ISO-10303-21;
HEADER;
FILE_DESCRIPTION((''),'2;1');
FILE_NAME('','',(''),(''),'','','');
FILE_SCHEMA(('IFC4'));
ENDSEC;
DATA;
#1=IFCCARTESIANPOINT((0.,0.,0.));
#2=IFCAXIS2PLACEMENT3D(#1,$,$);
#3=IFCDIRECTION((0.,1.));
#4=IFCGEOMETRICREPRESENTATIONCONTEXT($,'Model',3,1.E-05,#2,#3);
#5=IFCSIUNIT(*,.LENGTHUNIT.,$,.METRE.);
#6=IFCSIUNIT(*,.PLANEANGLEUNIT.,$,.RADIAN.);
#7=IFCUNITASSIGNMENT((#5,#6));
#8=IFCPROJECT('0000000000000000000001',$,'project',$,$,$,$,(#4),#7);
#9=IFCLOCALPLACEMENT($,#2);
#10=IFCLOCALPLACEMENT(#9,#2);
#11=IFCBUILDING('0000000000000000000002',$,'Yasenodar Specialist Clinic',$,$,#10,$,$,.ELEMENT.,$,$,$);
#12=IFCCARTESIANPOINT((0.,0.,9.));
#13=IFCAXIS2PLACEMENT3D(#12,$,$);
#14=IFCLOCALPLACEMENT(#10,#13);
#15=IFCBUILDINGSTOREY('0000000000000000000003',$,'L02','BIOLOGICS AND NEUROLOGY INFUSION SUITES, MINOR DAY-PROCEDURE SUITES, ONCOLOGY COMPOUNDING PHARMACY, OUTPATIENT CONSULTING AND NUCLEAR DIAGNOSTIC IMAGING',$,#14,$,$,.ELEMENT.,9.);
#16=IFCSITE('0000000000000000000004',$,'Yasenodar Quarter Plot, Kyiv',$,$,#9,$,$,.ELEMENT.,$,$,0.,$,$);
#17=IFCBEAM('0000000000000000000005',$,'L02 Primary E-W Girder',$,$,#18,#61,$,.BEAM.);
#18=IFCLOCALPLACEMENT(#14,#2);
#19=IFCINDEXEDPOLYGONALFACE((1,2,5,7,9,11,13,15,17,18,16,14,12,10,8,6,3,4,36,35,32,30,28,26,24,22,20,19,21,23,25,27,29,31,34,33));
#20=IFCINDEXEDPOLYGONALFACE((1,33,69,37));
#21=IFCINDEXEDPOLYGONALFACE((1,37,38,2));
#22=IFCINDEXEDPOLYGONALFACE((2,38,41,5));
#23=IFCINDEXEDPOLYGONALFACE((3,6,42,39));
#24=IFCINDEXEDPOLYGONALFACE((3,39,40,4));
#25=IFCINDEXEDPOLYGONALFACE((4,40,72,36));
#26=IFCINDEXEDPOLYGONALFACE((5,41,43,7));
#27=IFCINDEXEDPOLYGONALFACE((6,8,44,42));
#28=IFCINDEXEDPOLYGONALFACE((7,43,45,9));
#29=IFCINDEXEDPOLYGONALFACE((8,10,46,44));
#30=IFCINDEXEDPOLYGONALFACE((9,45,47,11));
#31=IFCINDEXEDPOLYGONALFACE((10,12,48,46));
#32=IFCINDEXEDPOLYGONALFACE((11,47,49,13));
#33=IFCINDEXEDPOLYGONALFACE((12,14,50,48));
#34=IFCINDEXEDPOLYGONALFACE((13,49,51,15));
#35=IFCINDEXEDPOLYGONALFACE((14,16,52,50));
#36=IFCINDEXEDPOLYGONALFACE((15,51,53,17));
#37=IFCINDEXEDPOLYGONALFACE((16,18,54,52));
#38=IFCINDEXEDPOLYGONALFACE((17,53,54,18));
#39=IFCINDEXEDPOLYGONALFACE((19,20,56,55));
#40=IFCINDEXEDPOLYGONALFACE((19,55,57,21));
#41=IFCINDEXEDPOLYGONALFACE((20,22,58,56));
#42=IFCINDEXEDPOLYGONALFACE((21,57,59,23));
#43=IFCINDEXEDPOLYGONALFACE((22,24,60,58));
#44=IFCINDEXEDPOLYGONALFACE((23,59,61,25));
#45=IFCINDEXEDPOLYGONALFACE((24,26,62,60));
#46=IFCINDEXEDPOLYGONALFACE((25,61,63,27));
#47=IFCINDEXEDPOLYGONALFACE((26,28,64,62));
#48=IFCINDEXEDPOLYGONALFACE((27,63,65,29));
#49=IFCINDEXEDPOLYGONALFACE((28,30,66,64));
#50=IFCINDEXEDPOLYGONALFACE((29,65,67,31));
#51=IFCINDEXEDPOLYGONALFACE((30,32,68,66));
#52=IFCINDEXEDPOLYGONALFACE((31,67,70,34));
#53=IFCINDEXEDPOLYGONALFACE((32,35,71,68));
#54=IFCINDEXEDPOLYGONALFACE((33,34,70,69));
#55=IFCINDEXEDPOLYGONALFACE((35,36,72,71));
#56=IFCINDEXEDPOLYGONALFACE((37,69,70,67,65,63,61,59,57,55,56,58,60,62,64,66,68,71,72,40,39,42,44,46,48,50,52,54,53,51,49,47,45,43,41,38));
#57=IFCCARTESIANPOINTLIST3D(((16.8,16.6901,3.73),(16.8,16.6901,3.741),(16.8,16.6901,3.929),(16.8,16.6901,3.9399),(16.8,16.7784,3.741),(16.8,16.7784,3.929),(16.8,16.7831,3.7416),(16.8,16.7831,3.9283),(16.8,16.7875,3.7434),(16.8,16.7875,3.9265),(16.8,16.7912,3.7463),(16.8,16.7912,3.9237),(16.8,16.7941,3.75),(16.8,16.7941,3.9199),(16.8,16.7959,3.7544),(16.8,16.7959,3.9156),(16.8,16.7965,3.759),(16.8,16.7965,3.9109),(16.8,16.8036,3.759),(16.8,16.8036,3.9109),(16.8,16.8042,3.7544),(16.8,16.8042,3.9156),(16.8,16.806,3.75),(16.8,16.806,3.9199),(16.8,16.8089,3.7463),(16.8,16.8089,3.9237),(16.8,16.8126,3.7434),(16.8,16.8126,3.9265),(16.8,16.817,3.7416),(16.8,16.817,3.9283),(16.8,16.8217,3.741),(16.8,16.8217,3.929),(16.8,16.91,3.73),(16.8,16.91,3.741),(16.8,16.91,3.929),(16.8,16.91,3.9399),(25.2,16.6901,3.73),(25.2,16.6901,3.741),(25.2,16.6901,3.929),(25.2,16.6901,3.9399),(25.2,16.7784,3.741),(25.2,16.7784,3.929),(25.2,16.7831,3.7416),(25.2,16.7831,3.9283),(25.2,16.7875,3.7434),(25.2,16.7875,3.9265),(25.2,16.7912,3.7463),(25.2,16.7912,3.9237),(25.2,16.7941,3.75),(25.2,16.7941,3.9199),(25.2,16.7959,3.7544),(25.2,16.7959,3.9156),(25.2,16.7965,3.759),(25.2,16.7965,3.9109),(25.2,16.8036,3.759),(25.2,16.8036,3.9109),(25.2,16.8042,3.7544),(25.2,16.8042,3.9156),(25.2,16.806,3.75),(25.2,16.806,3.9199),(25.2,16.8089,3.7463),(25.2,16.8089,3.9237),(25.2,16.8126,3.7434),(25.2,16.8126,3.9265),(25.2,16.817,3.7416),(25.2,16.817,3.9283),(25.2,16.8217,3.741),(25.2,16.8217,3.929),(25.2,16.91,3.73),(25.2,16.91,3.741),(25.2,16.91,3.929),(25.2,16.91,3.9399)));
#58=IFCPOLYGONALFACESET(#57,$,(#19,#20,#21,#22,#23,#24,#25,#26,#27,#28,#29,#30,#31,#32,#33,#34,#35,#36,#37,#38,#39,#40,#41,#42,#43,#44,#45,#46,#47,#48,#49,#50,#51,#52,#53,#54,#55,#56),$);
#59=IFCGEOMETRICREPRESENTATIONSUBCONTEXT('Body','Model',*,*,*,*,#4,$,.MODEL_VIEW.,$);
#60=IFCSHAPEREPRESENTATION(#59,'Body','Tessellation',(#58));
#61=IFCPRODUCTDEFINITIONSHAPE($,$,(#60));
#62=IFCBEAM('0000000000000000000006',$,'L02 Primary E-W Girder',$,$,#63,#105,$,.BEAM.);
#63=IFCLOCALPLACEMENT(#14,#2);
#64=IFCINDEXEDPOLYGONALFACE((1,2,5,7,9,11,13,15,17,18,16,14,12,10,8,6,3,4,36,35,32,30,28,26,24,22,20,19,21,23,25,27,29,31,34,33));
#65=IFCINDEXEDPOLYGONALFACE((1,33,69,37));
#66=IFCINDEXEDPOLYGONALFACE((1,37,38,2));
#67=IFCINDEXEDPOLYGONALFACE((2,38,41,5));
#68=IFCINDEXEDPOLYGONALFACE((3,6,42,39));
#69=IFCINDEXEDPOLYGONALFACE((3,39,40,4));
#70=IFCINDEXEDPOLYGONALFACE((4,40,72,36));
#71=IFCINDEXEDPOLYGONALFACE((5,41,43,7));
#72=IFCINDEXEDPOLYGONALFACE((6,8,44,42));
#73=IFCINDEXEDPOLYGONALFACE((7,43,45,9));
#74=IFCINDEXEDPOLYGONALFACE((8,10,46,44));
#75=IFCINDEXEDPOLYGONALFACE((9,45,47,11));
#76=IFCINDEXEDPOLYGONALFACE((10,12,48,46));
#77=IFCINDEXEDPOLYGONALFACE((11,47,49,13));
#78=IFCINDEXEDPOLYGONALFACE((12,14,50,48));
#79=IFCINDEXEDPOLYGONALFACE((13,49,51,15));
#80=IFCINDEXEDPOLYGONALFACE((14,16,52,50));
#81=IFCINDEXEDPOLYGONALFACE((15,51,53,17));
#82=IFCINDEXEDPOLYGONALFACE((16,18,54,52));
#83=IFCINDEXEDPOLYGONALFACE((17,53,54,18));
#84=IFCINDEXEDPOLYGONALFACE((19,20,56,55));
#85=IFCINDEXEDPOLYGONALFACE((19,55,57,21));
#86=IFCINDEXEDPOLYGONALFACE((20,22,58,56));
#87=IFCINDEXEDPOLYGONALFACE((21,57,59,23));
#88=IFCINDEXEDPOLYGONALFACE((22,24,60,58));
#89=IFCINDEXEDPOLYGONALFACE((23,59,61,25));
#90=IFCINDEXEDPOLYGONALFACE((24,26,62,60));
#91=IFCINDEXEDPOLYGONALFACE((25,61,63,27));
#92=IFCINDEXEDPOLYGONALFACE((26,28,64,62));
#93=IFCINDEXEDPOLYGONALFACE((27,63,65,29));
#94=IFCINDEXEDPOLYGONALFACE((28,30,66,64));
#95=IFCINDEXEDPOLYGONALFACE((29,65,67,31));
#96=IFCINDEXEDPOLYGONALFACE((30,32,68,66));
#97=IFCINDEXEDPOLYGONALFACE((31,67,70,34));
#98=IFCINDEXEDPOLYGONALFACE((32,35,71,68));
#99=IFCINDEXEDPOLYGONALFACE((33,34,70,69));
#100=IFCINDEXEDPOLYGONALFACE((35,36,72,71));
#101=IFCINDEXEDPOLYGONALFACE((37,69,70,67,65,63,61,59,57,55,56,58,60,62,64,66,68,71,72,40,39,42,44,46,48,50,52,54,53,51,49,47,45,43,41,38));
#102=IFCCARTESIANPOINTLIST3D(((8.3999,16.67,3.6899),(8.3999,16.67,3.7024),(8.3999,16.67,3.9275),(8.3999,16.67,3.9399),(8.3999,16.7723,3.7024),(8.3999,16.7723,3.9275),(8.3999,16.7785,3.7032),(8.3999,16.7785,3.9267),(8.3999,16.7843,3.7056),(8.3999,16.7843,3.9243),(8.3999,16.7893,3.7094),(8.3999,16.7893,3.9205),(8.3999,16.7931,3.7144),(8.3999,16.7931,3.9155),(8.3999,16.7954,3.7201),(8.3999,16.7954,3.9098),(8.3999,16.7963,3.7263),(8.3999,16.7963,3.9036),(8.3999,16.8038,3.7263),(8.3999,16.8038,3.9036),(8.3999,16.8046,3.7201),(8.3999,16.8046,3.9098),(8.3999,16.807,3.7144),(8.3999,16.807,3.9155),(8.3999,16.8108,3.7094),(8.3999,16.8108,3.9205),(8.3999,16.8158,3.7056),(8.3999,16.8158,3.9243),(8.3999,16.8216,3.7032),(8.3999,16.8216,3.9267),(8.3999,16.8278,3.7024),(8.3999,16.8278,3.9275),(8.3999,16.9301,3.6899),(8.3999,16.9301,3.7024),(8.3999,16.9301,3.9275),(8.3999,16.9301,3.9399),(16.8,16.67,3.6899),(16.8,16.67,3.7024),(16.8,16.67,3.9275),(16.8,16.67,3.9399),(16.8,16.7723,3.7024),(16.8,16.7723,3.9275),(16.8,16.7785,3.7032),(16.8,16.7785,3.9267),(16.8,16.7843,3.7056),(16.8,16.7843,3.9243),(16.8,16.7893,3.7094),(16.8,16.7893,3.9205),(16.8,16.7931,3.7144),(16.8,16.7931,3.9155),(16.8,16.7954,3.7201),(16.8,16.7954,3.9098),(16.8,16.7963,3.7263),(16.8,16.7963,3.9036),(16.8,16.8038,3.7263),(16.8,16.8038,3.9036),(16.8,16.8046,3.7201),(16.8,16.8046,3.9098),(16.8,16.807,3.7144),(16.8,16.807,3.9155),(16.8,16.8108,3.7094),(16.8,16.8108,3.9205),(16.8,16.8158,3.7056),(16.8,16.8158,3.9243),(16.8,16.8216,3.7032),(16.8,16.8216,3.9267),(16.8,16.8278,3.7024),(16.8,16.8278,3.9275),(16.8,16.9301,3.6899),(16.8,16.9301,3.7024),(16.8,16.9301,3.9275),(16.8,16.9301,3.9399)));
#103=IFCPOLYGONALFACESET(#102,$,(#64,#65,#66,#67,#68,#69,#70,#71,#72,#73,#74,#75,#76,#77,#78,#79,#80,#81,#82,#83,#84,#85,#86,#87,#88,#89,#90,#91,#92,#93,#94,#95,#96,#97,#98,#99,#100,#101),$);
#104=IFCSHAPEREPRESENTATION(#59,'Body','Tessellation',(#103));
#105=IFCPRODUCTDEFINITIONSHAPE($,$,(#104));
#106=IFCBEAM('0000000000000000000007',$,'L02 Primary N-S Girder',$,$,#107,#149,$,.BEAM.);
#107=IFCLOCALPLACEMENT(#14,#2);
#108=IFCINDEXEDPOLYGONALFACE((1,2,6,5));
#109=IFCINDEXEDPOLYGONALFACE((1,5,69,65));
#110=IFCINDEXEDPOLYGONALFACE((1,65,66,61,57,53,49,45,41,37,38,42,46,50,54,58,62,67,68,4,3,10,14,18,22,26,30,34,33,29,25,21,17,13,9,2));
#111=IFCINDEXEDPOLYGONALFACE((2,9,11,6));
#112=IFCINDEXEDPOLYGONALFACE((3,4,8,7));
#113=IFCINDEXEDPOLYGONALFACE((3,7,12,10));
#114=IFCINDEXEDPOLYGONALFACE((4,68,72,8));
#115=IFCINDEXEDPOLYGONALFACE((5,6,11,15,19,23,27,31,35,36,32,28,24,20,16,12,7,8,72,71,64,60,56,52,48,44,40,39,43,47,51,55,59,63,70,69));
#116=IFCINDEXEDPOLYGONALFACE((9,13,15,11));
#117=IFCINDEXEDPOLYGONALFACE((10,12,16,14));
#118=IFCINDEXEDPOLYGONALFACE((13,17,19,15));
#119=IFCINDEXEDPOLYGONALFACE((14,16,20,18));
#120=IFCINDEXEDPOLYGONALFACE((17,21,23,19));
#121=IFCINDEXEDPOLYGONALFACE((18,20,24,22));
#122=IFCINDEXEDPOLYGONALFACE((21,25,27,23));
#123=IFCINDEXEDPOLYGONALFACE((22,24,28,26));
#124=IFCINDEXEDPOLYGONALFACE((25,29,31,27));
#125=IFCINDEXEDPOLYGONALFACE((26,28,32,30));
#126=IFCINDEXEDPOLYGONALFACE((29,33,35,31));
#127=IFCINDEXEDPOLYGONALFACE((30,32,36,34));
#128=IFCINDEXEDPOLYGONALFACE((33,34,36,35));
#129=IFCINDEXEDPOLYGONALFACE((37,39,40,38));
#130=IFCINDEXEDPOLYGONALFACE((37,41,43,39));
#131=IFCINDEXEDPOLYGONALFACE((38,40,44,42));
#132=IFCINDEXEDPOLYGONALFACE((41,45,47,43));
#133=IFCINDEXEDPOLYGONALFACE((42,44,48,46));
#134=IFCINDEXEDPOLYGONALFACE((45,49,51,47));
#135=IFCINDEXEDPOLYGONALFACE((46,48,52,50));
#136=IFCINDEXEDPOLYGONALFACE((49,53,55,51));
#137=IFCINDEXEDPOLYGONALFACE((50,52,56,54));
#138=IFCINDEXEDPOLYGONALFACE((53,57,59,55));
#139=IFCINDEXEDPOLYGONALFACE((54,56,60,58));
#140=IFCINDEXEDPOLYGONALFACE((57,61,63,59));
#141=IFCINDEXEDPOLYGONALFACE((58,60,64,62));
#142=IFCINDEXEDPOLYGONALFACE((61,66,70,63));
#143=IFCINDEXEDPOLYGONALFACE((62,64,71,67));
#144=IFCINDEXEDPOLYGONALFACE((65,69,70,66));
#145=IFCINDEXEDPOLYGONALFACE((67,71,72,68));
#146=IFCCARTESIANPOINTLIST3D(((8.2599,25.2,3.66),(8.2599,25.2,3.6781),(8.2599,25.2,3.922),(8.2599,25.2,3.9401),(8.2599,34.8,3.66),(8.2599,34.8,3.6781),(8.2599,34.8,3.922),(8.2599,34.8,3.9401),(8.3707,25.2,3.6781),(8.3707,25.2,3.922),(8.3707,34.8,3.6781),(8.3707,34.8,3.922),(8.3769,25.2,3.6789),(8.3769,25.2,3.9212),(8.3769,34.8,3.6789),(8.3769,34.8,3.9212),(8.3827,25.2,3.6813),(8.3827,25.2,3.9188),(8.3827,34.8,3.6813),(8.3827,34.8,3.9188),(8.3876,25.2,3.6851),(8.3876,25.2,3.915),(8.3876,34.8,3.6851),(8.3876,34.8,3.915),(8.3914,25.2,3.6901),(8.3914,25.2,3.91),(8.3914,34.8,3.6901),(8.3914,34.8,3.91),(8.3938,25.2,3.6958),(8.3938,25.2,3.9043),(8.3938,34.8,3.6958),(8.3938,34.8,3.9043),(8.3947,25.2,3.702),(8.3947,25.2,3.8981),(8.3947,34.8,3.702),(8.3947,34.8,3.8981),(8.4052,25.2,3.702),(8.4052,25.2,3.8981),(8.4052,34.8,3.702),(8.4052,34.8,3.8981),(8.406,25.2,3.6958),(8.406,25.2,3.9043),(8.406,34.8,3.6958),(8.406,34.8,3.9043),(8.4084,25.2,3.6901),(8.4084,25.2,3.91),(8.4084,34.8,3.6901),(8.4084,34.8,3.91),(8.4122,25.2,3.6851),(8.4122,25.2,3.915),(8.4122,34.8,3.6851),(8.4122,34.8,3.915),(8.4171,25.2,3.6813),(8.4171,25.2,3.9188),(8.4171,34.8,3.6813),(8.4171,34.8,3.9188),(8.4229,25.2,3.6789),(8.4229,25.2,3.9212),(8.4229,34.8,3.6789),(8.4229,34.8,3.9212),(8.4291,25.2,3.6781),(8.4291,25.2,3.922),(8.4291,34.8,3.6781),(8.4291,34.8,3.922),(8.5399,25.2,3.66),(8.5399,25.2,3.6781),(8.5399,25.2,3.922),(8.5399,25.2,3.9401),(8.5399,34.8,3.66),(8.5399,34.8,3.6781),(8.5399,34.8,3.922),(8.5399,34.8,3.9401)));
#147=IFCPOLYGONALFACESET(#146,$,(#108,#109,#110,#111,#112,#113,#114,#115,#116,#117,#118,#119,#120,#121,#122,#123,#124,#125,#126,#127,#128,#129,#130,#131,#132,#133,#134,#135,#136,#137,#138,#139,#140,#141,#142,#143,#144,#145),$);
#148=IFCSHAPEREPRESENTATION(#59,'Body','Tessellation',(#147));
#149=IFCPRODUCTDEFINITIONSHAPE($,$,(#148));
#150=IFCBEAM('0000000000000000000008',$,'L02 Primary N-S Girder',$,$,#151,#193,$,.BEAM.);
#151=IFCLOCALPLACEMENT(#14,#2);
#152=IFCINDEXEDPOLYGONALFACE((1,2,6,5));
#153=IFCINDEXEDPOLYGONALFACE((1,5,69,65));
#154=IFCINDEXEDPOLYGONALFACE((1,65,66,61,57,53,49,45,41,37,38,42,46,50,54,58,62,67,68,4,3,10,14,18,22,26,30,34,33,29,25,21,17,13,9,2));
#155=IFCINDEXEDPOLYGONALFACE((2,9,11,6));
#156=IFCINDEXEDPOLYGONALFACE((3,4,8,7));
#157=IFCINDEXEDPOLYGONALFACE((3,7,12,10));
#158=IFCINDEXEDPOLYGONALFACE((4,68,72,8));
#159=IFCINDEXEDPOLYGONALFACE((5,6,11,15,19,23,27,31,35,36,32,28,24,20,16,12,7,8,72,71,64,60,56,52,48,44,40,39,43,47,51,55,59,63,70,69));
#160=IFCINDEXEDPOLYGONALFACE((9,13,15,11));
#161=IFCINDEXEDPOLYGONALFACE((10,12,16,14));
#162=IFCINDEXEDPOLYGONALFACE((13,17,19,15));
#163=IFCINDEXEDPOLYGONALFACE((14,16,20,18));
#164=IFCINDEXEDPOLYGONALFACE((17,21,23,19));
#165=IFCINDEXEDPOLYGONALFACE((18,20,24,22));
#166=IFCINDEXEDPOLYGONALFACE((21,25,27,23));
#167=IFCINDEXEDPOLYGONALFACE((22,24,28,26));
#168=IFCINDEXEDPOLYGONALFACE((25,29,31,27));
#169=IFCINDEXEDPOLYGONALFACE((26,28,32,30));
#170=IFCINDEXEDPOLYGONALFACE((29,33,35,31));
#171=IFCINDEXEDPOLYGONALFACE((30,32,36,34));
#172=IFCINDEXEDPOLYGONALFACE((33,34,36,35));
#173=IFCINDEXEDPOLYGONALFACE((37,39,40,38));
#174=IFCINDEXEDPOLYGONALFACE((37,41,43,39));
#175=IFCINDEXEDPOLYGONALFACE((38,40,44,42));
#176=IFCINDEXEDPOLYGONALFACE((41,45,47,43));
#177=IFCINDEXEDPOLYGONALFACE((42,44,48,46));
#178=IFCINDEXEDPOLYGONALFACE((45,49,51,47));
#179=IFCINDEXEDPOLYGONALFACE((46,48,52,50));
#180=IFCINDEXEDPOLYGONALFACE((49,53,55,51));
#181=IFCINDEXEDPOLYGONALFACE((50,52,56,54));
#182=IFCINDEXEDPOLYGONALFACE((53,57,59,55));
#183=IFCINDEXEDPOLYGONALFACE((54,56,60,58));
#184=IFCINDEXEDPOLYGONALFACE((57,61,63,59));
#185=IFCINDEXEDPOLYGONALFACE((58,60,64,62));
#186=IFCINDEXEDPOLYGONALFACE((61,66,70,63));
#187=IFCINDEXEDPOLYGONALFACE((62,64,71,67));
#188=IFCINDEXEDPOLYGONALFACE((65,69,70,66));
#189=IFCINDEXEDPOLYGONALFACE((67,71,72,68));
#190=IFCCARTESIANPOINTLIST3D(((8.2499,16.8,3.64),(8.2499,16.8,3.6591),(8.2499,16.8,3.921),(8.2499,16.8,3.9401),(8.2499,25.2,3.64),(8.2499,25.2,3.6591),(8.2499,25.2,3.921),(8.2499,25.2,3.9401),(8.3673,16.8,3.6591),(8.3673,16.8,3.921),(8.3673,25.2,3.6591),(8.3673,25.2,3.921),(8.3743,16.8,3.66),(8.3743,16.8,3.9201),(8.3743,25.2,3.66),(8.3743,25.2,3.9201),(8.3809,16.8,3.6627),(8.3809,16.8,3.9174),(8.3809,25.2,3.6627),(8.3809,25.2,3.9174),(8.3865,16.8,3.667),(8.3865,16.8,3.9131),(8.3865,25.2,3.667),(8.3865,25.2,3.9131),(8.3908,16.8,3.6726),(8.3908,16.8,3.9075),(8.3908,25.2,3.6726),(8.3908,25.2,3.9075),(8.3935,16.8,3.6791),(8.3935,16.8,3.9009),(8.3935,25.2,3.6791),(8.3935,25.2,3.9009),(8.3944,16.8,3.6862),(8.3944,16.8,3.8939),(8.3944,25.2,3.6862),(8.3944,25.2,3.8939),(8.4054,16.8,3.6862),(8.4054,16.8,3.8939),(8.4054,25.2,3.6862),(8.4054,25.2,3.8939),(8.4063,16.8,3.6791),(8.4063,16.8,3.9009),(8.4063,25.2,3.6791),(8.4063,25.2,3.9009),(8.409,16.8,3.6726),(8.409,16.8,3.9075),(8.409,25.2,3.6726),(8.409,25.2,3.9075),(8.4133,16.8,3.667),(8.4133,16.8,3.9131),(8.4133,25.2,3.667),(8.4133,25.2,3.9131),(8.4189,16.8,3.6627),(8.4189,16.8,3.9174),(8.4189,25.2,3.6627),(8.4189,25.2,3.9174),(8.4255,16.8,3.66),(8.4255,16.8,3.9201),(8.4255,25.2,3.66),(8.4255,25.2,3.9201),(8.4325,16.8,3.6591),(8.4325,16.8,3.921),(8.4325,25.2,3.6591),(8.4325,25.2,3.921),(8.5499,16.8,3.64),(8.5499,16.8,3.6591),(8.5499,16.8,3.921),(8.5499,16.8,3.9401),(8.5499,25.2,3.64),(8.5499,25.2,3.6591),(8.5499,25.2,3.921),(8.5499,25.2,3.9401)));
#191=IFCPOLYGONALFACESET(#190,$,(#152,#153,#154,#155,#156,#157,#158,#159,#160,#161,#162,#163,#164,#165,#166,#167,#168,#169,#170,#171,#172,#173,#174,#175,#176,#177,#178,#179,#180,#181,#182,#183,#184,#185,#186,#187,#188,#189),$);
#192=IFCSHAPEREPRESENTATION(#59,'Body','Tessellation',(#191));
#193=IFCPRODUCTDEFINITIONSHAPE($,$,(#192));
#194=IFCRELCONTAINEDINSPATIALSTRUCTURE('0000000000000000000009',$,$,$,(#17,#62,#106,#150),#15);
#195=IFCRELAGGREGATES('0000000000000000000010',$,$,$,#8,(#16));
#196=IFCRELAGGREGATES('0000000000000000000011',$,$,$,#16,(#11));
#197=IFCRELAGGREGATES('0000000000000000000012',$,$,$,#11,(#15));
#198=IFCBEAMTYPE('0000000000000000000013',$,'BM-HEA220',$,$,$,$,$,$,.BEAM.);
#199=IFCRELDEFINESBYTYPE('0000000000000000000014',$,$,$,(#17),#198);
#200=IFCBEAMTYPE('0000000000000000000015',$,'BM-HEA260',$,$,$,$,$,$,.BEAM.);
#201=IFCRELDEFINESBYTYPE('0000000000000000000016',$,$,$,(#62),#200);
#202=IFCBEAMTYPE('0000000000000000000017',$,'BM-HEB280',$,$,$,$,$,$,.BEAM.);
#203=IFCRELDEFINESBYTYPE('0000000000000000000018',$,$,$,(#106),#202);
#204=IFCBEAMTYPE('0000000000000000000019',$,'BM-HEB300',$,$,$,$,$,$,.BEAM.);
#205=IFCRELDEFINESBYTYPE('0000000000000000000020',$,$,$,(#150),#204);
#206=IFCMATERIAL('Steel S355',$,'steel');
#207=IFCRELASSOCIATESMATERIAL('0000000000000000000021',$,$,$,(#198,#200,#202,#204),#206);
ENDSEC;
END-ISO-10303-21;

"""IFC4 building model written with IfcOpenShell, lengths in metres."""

from ifc_helpers import new_model, si_unit, direction, frame, origin, origin_2d, place, context, subcontext, project, spatial, i_section, extrude, material, material_profile, profile_set, type_object, element, save


model = new_model("IFC4")

# Units and contexts
model_context = context("Model", 3, precision=1e-05, world=origin(), true_north=direction((0.0, 1.0)))
body_context = subcontext(model_context, "Body", "Model", "MODEL_VIEW")
ifc_project = project(units=[si_unit("LENGTHUNIT", "METRE"), si_unit("PLANEANGLEUNIT", "RADIAN")], contexts=[model_context])

# Site, building, storey
site_placement = place(None, origin())
site = spatial("IfcSite", under=ifc_project, at=site_placement, Name="Yasenodar Quarter Plot, Kyiv", CompositionType="ELEMENT", RefElevation=0.0)
building_placement = place(site_placement, origin())
building = spatial("IfcBuilding", under=site, at=building_placement, Name="Yasenodar Specialist Clinic", CompositionType="ELEMENT")
storey_placement = place(building_placement, frame((0.0, 0.0, 9.0)))
storey = spatial("IfcBuildingStorey", under=building, at=storey_placement, Name="L02", Description="BIOLOGICS AND NEUROLOGY INFUSION SUITES, MINOR DAY-PROCEDURE SUITES, ONCOLOGY COMPOUNDING PHARMACY, OUTPATIENT CONSULTING AND NUCLEAR DIAGNOSTIC IMAGING", CompositionType="ELEMENT", Elevation=9.0)

# Shared definitions
ifc_material_1 = material(Name="Steel S355", Category="steel")

# Beams
ifc_material_profile_1 = material_profile(ifc_material_1, i_section(OverallWidth=0.22, OverallDepth=0.21, WebThickness=0.0071, FlangeThickness=0.011, FilletRadius=0.0181, at=origin_2d()), Name="HEA 220")
ifc_profile_set_1 = profile_set([ifc_material_profile_1], Name="Steel S355")
beam_type_1 = type_object("IfcBeamType", Name="BM-HEA220", PredefinedType="BEAM", material=ifc_profile_set_1)
beam_1_placement = place(storey_placement, frame((16.8, 16.8, 3.835), z_axis=(1.0, 0.0, 0.0), x_axis=(0.0, 1.0, 0.0)))
element("IfcBeam", 1, at=beam_1_placement, inside=storey, type_object=beam_type_1, Name="L02 Primary E-W Girder", PredefinedType="BEAM", context=body_context, shape_type="SweptSolid", body=[
    extrude(i_section(OverallWidth=0.22, OverallDepth=0.21, WebThickness=0.0071, FlangeThickness=0.011, FilletRadius=0.0181, at=origin_2d()), origin(), (0.0, 0.0, 1.0), 8.3999),
])
ifc_material_profile_2 = material_profile(ifc_material_1, i_section(OverallWidth=0.26, OverallDepth=0.25, WebThickness=0.0076, FlangeThickness=0.0125, FilletRadius=0.0239, at=origin_2d()), Name="HEA 260")
ifc_profile_set_2 = profile_set([ifc_material_profile_2], Name="Steel S355")
beam_type_2 = type_object("IfcBeamType", Name="BM-HEA260", PredefinedType="BEAM", material=ifc_profile_set_2)
beam_2_placement = place(storey_placement, frame((8.3999, 16.8, 3.8149), z_axis=(1.0, 0.0, 0.0), x_axis=(0.0, 1.0, 0.0)))
element("IfcBeam", 2, at=beam_2_placement, inside=storey, type_object=beam_type_2, Name="L02 Primary E-W Girder", PredefinedType="BEAM", context=body_context, shape_type="SweptSolid", body=[
    extrude(i_section(OverallWidth=0.26, OverallDepth=0.25, WebThickness=0.0076, FlangeThickness=0.0125, FilletRadius=0.0239, at=origin_2d()), origin(), (0.0, 0.0, 1.0), 8.4001),
])
ifc_material_profile_3 = material_profile(ifc_material_1, i_section(OverallWidth=0.28, OverallDepth=0.28, WebThickness=0.0105, FlangeThickness=0.0181, FilletRadius=0.0239, at=origin_2d()), Name="HEB 280")
ifc_profile_set_3 = profile_set([ifc_material_profile_3], Name="Steel S355")
beam_type_3 = type_object("IfcBeamType", Name="BM-HEB280", PredefinedType="BEAM", material=ifc_profile_set_3)
beam_3_placement = place(storey_placement, frame((8.3999, 25.2, 3.8), z_axis=(0.0, 1.0, 0.0), x_axis=(-1.0, 0.0, 0.0)))
element("IfcBeam", 3, at=beam_3_placement, inside=storey, type_object=beam_type_3, Name="L02 Primary N-S Girder", PredefinedType="BEAM", context=body_context, shape_type="SweptSolid", body=[
    extrude(i_section(OverallWidth=0.28, OverallDepth=0.28, WebThickness=0.0105, FlangeThickness=0.0181, FilletRadius=0.0239, at=origin_2d()), origin(), (0.0, 0.0, 1.0), 9.6001),
])
ifc_material_profile_4 = material_profile(ifc_material_1, i_section(OverallWidth=0.3, OverallDepth=0.3, WebThickness=0.011, FlangeThickness=0.019, FilletRadius=0.0271, at=origin_2d()), Name="HEB 300")
ifc_profile_set_4 = profile_set([ifc_material_profile_4], Name="Steel S355")
beam_type_4 = type_object("IfcBeamType", Name="BM-HEB300", PredefinedType="BEAM", material=ifc_profile_set_4)
beam_4_placement = place(storey_placement, frame((8.3999, 16.8, 3.79), z_axis=(0.0, 1.0, 0.0), x_axis=(-1.0, 0.0, 0.0)))
element("IfcBeam", 4, at=beam_4_placement, inside=storey, type_object=beam_type_4, Name="L02 Primary N-S Girder", PredefinedType="BEAM", context=body_context, shape_type="SweptSolid", body=[
    extrude(i_section(OverallWidth=0.3, OverallDepth=0.3, WebThickness=0.011, FlangeThickness=0.019, FilletRadius=0.0271, at=origin_2d()), origin(), (0.0, 0.0, 1.0), 8.3999),
])

save(model, "model.ifc")
